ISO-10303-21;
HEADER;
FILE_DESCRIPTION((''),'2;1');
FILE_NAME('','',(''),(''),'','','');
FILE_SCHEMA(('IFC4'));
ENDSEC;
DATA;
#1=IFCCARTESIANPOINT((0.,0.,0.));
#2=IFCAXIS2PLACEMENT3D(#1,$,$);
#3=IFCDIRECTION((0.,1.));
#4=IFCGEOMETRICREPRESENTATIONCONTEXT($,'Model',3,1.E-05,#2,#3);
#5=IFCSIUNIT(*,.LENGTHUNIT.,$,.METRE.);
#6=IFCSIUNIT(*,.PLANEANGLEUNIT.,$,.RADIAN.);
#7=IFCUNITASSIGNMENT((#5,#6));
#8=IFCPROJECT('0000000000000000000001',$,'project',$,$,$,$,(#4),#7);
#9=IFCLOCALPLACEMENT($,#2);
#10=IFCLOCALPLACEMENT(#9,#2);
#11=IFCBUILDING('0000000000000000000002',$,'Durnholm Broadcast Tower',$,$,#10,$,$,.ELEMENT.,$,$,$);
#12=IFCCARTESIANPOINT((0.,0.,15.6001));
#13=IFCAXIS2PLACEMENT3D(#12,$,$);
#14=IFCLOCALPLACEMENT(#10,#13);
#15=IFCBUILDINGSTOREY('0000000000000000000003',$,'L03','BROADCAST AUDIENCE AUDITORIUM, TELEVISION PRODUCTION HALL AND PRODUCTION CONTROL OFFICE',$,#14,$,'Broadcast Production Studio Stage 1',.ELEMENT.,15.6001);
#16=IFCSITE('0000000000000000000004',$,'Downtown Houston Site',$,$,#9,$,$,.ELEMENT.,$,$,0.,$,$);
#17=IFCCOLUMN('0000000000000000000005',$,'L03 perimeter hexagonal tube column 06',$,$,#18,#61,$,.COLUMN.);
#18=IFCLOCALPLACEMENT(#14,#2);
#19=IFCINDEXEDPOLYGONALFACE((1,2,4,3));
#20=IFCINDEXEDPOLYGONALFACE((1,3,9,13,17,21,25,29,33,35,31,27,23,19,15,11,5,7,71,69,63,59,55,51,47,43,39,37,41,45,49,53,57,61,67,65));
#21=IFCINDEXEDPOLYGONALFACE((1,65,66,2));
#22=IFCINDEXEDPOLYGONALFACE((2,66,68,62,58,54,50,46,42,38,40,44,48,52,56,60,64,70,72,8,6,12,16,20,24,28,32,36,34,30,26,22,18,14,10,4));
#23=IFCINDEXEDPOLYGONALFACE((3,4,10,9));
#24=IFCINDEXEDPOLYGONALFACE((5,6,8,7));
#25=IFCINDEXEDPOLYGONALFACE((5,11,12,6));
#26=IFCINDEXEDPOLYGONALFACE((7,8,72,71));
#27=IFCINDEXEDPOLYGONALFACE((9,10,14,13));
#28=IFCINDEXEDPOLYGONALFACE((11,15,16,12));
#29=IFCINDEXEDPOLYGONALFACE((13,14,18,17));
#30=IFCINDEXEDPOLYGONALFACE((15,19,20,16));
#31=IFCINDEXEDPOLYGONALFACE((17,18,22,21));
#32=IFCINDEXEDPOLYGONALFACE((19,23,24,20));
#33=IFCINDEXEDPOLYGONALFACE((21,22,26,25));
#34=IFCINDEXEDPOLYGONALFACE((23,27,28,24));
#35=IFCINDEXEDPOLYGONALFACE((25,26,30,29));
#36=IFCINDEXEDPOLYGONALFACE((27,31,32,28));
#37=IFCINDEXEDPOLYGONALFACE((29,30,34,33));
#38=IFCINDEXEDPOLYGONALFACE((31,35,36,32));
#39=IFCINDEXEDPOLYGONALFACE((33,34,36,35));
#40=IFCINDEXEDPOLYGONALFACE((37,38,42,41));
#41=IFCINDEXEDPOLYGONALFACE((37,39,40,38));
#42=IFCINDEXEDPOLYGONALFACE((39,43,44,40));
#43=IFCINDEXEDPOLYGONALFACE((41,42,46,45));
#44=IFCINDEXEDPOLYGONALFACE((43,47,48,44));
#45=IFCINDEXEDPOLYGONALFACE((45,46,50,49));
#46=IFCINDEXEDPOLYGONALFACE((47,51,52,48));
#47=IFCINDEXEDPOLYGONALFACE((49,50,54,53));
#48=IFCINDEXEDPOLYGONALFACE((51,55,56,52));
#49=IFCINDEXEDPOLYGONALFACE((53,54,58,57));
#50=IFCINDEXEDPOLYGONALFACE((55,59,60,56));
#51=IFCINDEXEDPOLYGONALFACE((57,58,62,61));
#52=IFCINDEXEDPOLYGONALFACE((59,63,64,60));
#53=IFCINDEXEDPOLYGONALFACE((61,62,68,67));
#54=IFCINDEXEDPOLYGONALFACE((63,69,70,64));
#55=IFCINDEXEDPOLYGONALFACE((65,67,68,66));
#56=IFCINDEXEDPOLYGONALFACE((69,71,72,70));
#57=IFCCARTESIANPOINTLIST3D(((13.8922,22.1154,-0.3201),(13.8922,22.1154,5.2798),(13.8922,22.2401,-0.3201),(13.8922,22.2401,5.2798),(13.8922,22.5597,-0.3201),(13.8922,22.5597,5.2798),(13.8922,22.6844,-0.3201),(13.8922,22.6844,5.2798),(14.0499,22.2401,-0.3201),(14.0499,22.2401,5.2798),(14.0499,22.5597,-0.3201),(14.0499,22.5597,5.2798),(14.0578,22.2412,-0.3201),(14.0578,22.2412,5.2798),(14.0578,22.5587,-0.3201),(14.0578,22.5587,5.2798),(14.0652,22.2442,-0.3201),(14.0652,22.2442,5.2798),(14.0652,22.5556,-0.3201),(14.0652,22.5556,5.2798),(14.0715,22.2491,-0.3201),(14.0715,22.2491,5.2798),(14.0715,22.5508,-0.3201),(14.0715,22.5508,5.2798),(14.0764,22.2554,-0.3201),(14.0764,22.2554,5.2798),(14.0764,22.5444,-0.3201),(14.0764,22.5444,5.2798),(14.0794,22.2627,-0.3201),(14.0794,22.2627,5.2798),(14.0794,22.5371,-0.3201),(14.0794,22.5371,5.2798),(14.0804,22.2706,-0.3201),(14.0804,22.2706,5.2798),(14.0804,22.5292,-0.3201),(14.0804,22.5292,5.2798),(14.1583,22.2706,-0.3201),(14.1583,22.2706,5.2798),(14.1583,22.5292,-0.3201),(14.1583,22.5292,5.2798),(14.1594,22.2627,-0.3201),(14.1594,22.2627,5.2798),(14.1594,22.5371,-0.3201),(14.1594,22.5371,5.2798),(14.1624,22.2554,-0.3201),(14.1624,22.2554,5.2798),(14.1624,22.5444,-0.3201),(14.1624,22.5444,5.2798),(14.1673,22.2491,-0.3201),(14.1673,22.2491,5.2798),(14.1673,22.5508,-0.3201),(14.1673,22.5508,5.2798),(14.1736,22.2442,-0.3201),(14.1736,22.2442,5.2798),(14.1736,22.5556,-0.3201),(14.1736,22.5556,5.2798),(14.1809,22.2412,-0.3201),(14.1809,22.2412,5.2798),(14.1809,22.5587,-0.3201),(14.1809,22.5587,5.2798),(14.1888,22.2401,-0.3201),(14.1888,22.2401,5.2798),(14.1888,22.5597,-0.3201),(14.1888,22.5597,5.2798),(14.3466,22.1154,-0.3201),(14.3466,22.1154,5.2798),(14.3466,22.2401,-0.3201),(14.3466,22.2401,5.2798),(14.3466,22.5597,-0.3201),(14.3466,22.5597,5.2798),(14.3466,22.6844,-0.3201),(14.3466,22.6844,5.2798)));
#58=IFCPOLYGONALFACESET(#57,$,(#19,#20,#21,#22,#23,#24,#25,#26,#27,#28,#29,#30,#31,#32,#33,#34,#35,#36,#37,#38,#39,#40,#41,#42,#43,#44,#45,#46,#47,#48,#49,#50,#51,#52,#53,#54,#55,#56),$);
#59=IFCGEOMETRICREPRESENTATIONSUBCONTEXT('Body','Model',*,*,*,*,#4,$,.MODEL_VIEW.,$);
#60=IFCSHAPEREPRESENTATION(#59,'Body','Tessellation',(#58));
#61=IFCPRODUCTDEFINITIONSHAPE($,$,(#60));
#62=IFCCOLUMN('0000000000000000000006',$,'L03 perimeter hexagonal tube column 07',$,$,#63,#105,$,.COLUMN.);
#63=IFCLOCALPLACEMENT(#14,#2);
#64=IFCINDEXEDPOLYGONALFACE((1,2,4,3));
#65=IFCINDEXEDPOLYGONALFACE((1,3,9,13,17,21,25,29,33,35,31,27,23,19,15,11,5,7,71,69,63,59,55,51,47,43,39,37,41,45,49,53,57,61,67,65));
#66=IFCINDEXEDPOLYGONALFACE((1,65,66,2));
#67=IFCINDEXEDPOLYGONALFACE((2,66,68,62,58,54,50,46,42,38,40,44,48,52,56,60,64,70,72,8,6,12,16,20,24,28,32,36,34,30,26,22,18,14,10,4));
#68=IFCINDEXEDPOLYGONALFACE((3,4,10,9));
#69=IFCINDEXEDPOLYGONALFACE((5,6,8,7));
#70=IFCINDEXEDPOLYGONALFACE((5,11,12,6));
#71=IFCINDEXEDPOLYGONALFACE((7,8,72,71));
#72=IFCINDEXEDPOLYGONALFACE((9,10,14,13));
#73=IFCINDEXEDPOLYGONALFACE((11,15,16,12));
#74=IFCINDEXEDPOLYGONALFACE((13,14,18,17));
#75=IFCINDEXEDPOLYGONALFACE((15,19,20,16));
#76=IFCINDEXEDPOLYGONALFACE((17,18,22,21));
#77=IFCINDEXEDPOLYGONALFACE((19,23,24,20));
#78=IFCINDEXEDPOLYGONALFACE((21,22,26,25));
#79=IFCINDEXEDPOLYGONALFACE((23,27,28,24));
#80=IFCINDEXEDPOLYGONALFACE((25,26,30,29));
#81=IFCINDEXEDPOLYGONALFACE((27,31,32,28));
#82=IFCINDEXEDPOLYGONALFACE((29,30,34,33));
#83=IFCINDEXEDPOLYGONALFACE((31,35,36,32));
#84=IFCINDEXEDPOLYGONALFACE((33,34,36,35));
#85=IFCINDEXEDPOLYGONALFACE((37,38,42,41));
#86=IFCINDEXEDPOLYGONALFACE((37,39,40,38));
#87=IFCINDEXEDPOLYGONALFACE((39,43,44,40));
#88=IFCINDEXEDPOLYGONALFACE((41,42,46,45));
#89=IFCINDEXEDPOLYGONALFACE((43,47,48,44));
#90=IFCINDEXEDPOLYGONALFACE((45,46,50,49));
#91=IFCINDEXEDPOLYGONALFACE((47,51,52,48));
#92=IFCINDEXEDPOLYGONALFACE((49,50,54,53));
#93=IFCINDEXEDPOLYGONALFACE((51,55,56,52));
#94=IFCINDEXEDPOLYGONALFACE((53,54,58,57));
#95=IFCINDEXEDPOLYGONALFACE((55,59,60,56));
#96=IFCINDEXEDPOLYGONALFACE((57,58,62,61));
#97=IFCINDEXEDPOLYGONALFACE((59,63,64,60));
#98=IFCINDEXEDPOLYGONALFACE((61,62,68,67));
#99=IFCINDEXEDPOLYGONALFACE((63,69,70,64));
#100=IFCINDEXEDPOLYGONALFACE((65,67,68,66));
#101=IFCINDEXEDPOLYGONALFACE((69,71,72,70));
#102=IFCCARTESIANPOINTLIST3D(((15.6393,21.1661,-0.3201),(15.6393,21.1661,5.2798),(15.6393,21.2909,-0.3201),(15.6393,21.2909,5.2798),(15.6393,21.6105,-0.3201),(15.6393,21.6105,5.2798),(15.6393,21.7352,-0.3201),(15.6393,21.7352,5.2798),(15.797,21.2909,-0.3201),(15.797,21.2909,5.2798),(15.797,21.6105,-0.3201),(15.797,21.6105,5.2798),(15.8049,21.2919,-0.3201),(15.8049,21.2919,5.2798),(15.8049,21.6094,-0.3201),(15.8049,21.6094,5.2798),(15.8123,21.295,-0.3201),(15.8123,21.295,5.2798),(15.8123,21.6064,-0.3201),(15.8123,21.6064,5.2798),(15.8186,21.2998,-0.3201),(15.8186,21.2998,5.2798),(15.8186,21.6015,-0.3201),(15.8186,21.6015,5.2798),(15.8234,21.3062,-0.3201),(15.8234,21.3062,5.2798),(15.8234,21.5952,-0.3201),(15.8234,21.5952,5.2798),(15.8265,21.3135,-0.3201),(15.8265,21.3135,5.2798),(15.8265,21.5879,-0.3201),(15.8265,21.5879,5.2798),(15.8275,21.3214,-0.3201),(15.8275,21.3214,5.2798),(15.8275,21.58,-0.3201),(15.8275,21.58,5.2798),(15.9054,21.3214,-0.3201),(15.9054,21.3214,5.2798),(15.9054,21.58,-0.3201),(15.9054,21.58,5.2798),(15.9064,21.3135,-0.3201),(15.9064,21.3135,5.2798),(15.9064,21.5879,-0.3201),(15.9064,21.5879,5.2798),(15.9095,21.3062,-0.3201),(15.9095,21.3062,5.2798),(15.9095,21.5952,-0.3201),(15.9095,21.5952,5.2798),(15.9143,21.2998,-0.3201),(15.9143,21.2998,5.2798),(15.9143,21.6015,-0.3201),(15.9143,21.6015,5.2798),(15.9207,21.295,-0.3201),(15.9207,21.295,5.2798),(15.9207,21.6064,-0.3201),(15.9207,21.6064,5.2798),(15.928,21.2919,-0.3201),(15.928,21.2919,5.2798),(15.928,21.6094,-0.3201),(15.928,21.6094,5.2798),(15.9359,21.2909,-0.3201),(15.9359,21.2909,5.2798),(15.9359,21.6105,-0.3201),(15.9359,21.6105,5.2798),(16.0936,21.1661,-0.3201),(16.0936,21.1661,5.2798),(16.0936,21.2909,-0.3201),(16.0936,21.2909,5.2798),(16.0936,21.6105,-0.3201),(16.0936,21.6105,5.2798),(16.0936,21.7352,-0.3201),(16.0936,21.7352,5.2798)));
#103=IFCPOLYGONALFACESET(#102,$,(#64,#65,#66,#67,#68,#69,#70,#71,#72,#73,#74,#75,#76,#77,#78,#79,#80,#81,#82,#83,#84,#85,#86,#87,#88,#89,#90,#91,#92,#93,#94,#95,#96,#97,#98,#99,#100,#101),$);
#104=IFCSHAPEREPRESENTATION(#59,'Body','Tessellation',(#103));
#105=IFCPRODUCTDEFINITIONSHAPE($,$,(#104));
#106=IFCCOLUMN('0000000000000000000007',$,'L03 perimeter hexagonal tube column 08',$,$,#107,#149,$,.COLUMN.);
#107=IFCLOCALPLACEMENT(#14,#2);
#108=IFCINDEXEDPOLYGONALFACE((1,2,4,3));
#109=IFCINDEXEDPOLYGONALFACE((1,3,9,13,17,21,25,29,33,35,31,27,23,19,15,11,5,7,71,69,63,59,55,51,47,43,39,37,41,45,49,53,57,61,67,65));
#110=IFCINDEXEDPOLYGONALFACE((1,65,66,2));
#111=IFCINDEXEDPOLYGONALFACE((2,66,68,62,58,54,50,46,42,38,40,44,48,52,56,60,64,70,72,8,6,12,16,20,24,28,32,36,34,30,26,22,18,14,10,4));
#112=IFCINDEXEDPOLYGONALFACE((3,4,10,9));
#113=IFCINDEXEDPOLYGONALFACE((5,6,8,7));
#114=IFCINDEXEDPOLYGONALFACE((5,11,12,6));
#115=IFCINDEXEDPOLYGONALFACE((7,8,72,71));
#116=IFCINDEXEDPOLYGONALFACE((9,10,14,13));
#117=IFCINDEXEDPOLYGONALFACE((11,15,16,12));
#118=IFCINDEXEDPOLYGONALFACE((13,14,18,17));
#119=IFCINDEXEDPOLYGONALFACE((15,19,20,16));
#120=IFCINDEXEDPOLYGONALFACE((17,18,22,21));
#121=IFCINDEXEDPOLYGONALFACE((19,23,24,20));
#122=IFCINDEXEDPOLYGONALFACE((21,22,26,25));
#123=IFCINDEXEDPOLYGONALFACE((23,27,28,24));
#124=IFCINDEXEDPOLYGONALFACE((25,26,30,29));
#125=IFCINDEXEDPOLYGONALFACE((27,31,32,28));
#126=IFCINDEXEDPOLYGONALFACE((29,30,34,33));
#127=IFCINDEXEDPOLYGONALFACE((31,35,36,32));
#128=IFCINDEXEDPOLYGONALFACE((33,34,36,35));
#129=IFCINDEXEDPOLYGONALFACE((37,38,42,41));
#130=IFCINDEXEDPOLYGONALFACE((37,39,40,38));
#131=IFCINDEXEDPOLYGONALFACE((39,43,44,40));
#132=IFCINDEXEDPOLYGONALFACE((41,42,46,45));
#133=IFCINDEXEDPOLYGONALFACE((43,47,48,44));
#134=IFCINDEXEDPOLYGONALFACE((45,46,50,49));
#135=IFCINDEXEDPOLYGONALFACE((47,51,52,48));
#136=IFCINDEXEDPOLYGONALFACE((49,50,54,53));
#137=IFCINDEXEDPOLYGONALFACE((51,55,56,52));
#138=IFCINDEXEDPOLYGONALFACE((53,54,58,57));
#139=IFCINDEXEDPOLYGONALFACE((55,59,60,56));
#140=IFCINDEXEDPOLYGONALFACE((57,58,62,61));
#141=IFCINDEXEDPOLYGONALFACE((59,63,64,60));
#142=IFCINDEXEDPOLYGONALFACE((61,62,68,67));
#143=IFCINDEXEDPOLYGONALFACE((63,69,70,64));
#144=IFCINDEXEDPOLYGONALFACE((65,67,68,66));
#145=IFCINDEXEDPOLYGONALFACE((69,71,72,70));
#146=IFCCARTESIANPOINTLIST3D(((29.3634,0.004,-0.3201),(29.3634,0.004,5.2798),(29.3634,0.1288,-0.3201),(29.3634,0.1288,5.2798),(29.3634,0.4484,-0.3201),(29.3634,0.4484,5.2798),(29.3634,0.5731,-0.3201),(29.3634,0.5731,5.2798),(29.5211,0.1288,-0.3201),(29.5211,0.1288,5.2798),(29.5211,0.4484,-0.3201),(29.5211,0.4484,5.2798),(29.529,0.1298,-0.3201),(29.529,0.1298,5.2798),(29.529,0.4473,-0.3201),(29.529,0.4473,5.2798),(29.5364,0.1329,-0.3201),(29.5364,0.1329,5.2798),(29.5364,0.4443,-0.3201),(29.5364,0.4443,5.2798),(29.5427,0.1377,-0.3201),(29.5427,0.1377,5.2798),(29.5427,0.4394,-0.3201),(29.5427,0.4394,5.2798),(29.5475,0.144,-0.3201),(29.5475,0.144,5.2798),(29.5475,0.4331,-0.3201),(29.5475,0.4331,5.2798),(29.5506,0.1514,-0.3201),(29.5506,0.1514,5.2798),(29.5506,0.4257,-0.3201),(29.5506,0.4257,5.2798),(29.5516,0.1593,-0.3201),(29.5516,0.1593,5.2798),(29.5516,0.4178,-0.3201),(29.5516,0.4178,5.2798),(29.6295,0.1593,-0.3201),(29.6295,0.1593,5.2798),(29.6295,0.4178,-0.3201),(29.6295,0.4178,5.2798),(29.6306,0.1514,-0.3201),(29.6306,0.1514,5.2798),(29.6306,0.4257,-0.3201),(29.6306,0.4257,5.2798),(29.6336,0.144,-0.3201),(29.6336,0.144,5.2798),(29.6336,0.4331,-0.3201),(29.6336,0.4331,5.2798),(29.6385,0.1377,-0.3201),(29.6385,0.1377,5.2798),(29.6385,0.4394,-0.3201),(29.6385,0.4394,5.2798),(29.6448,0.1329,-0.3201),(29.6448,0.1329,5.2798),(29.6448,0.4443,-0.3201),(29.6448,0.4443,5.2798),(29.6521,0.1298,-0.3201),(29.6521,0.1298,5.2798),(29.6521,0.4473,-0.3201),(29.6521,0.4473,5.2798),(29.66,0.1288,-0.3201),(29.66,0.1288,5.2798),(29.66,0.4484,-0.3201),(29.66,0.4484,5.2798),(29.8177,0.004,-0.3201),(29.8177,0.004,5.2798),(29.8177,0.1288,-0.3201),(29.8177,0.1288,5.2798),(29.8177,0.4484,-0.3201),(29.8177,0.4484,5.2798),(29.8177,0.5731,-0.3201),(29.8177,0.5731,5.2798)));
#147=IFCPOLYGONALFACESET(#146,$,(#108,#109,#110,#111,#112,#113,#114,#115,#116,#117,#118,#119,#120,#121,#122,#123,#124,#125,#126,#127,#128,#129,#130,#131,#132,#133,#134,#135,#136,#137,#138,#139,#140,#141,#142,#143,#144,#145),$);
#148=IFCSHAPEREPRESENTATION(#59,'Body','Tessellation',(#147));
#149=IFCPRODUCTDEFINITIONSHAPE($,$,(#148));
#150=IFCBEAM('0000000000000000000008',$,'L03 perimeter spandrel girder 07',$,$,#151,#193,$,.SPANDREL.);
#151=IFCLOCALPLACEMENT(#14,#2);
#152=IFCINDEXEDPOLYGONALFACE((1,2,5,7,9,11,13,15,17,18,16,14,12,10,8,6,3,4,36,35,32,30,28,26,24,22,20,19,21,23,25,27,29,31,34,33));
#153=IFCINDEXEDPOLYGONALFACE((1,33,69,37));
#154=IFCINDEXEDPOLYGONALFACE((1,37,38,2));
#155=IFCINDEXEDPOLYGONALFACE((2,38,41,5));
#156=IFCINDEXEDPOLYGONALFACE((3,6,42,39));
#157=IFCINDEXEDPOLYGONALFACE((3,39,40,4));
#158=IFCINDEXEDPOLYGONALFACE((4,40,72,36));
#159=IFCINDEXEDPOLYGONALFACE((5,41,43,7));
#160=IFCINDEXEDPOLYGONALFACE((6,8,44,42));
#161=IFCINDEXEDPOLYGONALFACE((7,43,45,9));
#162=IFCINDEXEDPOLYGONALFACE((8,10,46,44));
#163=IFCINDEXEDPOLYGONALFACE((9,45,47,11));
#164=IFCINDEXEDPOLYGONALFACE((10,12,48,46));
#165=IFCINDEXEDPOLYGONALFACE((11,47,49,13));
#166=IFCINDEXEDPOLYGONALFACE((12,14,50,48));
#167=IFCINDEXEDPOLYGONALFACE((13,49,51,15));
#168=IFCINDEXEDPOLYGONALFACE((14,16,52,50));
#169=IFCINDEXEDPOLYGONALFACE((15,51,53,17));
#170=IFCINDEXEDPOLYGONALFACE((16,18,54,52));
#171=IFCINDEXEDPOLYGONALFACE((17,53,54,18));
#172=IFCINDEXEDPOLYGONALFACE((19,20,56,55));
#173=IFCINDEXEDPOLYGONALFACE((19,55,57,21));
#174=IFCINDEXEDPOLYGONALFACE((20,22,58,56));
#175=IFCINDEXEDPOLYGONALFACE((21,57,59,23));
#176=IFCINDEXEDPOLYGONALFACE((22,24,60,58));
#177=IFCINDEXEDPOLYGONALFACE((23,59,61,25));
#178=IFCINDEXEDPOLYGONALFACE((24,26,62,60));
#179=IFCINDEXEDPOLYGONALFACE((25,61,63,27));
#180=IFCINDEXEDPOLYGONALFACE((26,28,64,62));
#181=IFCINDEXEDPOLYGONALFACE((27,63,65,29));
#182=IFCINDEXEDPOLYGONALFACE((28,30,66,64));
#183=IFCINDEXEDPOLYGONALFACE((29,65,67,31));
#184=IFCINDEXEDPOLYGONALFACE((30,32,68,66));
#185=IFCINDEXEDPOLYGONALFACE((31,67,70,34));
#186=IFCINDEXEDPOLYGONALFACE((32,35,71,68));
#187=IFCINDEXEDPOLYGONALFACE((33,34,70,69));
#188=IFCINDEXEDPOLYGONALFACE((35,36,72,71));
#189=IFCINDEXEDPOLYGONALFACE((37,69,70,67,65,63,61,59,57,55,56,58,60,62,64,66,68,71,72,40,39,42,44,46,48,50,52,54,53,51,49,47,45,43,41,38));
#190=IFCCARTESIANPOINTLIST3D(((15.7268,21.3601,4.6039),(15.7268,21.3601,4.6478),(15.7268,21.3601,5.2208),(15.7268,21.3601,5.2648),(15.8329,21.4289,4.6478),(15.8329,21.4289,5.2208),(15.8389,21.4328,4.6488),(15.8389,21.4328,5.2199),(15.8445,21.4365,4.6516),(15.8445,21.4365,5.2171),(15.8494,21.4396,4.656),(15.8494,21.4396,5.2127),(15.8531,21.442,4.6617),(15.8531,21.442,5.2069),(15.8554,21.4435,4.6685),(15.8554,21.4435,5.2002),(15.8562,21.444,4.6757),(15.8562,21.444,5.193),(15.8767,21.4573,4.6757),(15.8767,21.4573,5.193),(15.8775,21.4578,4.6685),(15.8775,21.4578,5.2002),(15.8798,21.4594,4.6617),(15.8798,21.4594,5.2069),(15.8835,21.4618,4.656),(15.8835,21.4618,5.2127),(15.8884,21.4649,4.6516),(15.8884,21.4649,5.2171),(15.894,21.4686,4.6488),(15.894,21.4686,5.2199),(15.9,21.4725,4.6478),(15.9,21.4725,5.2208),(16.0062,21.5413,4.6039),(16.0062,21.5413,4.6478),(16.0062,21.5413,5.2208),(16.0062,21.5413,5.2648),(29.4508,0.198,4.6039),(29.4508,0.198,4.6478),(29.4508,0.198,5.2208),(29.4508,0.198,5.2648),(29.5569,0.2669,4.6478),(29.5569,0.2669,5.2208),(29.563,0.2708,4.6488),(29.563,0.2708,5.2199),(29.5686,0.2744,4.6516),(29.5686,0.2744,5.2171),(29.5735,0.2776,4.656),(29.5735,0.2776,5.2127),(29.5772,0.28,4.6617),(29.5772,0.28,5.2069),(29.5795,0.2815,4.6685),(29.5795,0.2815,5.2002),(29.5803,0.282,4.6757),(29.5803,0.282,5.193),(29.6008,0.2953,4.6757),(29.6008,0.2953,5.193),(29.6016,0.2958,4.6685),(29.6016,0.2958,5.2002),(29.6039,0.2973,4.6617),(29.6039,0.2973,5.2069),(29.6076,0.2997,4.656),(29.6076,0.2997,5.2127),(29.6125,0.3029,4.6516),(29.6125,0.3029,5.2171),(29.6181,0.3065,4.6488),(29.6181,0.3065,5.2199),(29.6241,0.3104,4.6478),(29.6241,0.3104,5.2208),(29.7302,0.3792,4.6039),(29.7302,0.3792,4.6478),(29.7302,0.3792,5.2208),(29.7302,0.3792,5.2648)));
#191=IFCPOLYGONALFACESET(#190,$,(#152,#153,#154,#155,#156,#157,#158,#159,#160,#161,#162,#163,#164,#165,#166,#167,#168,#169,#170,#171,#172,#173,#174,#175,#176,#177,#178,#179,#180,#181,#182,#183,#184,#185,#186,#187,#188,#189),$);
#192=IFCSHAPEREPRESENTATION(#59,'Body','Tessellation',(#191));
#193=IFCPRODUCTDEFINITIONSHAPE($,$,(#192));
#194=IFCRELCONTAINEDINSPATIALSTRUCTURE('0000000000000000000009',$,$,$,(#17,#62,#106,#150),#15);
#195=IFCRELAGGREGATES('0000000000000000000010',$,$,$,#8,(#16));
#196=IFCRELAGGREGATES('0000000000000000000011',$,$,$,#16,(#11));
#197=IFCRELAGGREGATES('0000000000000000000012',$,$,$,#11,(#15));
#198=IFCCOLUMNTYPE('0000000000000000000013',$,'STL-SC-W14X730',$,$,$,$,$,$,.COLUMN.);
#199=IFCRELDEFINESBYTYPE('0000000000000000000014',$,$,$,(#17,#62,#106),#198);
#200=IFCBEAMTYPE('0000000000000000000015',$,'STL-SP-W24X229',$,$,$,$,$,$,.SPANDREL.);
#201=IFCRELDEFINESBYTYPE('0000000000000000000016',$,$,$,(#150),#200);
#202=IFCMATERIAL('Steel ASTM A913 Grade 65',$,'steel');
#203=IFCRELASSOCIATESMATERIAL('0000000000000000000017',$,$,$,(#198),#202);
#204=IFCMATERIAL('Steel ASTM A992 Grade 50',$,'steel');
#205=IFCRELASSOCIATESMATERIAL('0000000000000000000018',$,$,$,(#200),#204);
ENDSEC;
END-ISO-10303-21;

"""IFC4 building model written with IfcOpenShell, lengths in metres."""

from ifc_helpers import new_model, si_unit, direction, frame, origin, origin_2d, place, context, subcontext, project, spatial, i_section, extrude, source, transform, mapped, material, material_profile, profile_set, type_object, type_shapes, element, save


model = new_model("IFC4")

# Units and contexts
model_context = context("Model", 3, precision=1e-05, world=origin(), true_north=direction((0.0, 1.0)))
body_context = subcontext(model_context, "Body", "Model", "MODEL_VIEW")
ifc_project = project(units=[si_unit("LENGTHUNIT", "METRE"), si_unit("PLANEANGLEUNIT", "RADIAN")], contexts=[model_context])

# Site, building, storey
site_placement = place(None, origin())
site = spatial("IfcSite", under=ifc_project, at=site_placement, Name="Downtown Houston Site", CompositionType="ELEMENT", RefElevation=0.0)
building_placement = place(site_placement, origin())
building = spatial("IfcBuilding", under=site, at=building_placement, Name="Durnholm Broadcast Tower", CompositionType="ELEMENT")
storey_placement = place(building_placement, frame((0.0, 0.0, 15.6001)))
storey = spatial("IfcBuildingStorey", under=building, at=storey_placement, Name="L03", Description="BROADCAST AUDIENCE AUDITORIUM, TELEVISION PRODUCTION HALL AND PRODUCTION CONTROL OFFICE", LongName="Broadcast Production Studio Stage 1", CompositionType="ELEMENT", Elevation=15.6001)

# Columns
ifc_material_1 = material(Name="Steel ASTM A913 Grade 65", Category="steel")
ifc_material_profile_1 = material_profile(ifc_material_1, i_section(OverallWidth=0.4543, OverallDepth=0.5691, WebThickness=0.0779, FlangeThickness=0.1248, FilletRadius=0.0305, at=origin_2d()), Name="W14X730")
ifc_profile_set_1 = profile_set([ifc_material_profile_1], Name="Steel ASTM A913 Grade 65")
column_type = type_object("IfcColumnType", Name="STL-SC-W14X730", PredefinedType="COLUMN", material=ifc_profile_set_1)
shared_shape_1 = source(origin(), body_context, "Body", "SweptSolid", [
    extrude(i_section(OverallWidth=0.4543, OverallDepth=0.5691, WebThickness=0.0779, FlangeThickness=0.1248, FilletRadius=0.0305, at=origin_2d()), origin(), (0.0, 0.0, 1.0), 5.5999),
])
type_shapes(column_type, [shared_shape_1])
for number, where, z_axis, x_axis, name in (
    (1, (14.1194, 22.3999, -0.3201), (0.0, 0.0, 1.0), (1.0, 0.0, 0.0), "L03 perimeter hexagonal tube column 06"),
    (2, (15.8665, 21.4507, -0.3201), (0.0, 0.0, 1.0), (1.0, 0.0, 0.0), "L03 perimeter hexagonal tube column 07"),
    (3, (29.5906, 0.2886, -0.3201), (0.0, 0.0, 1.0), (1.0, 0.0, 0.0), "L03 perimeter hexagonal tube column 08"),
):
    element("IfcColumn", number, at=place(storey_placement, frame(where, z_axis=z_axis, x_axis=x_axis)), inside=storey, type_object=column_type, Name=name, PredefinedType="COLUMN", context=body_context, shape_type="MappedRepresentation", body=[
        mapped(shared_shape_1, transform((0.0, 0.0, 0.0), x_axis=(1.0, 0.0, 0.0), y_axis=(0.0, 1.0, 0.0), z_axis=(0.0, 0.0, 1.0), scale=1.0)),
    ])

# Beam
ifc_material_2 = material(Name="Steel ASTM A992 Grade 50", Category="steel")
ifc_material_profile_2 = material_profile(ifc_material_2, i_section(OverallWidth=0.333, OverallDepth=0.6609, WebThickness=0.0244, FlangeThickness=0.0439, FilletRadius=0.0278, at=origin_2d()), Name="W24X229")
ifc_profile_set_2 = profile_set([ifc_material_profile_2], Name="Steel ASTM A992 Grade 50")
beam_type_1 = type_object("IfcBeamType", Name="STL-SP-W24X229", PredefinedType="SPANDREL", material=ifc_profile_set_2)
shared_shape_2 = source(origin(), body_context, "Body", "SweptSolid", [
    extrude(i_section(OverallWidth=0.333, OverallDepth=0.6609, WebThickness=0.0244, FlangeThickness=0.0439, FilletRadius=0.0278, at=origin_2d()), origin(), (0.0, 0.0, 1.0), 25.2227),
])
beam_1_placement = place(storey_placement, frame((15.8665, 21.4507, 4.9343), z_axis=(0.544117, -0.839009, 0.0), x_axis=(0.839009, 0.544117, 0.0)))
element("IfcBeam", 4, at=beam_1_placement, inside=storey, type_object=beam_type_1, Name="L03 perimeter spandrel girder 07", PredefinedType="SPANDREL", context=body_context, shape_type="MappedRepresentation", body=[
    mapped(shared_shape_2, transform((0.0, 0.0, 0.0), x_axis=(1.0, 0.0, 0.0), y_axis=(0.0, 1.0, 0.0), z_axis=(0.0, 0.0, 1.0), scale=1.0)),
])

save(model, "model.ifc")
